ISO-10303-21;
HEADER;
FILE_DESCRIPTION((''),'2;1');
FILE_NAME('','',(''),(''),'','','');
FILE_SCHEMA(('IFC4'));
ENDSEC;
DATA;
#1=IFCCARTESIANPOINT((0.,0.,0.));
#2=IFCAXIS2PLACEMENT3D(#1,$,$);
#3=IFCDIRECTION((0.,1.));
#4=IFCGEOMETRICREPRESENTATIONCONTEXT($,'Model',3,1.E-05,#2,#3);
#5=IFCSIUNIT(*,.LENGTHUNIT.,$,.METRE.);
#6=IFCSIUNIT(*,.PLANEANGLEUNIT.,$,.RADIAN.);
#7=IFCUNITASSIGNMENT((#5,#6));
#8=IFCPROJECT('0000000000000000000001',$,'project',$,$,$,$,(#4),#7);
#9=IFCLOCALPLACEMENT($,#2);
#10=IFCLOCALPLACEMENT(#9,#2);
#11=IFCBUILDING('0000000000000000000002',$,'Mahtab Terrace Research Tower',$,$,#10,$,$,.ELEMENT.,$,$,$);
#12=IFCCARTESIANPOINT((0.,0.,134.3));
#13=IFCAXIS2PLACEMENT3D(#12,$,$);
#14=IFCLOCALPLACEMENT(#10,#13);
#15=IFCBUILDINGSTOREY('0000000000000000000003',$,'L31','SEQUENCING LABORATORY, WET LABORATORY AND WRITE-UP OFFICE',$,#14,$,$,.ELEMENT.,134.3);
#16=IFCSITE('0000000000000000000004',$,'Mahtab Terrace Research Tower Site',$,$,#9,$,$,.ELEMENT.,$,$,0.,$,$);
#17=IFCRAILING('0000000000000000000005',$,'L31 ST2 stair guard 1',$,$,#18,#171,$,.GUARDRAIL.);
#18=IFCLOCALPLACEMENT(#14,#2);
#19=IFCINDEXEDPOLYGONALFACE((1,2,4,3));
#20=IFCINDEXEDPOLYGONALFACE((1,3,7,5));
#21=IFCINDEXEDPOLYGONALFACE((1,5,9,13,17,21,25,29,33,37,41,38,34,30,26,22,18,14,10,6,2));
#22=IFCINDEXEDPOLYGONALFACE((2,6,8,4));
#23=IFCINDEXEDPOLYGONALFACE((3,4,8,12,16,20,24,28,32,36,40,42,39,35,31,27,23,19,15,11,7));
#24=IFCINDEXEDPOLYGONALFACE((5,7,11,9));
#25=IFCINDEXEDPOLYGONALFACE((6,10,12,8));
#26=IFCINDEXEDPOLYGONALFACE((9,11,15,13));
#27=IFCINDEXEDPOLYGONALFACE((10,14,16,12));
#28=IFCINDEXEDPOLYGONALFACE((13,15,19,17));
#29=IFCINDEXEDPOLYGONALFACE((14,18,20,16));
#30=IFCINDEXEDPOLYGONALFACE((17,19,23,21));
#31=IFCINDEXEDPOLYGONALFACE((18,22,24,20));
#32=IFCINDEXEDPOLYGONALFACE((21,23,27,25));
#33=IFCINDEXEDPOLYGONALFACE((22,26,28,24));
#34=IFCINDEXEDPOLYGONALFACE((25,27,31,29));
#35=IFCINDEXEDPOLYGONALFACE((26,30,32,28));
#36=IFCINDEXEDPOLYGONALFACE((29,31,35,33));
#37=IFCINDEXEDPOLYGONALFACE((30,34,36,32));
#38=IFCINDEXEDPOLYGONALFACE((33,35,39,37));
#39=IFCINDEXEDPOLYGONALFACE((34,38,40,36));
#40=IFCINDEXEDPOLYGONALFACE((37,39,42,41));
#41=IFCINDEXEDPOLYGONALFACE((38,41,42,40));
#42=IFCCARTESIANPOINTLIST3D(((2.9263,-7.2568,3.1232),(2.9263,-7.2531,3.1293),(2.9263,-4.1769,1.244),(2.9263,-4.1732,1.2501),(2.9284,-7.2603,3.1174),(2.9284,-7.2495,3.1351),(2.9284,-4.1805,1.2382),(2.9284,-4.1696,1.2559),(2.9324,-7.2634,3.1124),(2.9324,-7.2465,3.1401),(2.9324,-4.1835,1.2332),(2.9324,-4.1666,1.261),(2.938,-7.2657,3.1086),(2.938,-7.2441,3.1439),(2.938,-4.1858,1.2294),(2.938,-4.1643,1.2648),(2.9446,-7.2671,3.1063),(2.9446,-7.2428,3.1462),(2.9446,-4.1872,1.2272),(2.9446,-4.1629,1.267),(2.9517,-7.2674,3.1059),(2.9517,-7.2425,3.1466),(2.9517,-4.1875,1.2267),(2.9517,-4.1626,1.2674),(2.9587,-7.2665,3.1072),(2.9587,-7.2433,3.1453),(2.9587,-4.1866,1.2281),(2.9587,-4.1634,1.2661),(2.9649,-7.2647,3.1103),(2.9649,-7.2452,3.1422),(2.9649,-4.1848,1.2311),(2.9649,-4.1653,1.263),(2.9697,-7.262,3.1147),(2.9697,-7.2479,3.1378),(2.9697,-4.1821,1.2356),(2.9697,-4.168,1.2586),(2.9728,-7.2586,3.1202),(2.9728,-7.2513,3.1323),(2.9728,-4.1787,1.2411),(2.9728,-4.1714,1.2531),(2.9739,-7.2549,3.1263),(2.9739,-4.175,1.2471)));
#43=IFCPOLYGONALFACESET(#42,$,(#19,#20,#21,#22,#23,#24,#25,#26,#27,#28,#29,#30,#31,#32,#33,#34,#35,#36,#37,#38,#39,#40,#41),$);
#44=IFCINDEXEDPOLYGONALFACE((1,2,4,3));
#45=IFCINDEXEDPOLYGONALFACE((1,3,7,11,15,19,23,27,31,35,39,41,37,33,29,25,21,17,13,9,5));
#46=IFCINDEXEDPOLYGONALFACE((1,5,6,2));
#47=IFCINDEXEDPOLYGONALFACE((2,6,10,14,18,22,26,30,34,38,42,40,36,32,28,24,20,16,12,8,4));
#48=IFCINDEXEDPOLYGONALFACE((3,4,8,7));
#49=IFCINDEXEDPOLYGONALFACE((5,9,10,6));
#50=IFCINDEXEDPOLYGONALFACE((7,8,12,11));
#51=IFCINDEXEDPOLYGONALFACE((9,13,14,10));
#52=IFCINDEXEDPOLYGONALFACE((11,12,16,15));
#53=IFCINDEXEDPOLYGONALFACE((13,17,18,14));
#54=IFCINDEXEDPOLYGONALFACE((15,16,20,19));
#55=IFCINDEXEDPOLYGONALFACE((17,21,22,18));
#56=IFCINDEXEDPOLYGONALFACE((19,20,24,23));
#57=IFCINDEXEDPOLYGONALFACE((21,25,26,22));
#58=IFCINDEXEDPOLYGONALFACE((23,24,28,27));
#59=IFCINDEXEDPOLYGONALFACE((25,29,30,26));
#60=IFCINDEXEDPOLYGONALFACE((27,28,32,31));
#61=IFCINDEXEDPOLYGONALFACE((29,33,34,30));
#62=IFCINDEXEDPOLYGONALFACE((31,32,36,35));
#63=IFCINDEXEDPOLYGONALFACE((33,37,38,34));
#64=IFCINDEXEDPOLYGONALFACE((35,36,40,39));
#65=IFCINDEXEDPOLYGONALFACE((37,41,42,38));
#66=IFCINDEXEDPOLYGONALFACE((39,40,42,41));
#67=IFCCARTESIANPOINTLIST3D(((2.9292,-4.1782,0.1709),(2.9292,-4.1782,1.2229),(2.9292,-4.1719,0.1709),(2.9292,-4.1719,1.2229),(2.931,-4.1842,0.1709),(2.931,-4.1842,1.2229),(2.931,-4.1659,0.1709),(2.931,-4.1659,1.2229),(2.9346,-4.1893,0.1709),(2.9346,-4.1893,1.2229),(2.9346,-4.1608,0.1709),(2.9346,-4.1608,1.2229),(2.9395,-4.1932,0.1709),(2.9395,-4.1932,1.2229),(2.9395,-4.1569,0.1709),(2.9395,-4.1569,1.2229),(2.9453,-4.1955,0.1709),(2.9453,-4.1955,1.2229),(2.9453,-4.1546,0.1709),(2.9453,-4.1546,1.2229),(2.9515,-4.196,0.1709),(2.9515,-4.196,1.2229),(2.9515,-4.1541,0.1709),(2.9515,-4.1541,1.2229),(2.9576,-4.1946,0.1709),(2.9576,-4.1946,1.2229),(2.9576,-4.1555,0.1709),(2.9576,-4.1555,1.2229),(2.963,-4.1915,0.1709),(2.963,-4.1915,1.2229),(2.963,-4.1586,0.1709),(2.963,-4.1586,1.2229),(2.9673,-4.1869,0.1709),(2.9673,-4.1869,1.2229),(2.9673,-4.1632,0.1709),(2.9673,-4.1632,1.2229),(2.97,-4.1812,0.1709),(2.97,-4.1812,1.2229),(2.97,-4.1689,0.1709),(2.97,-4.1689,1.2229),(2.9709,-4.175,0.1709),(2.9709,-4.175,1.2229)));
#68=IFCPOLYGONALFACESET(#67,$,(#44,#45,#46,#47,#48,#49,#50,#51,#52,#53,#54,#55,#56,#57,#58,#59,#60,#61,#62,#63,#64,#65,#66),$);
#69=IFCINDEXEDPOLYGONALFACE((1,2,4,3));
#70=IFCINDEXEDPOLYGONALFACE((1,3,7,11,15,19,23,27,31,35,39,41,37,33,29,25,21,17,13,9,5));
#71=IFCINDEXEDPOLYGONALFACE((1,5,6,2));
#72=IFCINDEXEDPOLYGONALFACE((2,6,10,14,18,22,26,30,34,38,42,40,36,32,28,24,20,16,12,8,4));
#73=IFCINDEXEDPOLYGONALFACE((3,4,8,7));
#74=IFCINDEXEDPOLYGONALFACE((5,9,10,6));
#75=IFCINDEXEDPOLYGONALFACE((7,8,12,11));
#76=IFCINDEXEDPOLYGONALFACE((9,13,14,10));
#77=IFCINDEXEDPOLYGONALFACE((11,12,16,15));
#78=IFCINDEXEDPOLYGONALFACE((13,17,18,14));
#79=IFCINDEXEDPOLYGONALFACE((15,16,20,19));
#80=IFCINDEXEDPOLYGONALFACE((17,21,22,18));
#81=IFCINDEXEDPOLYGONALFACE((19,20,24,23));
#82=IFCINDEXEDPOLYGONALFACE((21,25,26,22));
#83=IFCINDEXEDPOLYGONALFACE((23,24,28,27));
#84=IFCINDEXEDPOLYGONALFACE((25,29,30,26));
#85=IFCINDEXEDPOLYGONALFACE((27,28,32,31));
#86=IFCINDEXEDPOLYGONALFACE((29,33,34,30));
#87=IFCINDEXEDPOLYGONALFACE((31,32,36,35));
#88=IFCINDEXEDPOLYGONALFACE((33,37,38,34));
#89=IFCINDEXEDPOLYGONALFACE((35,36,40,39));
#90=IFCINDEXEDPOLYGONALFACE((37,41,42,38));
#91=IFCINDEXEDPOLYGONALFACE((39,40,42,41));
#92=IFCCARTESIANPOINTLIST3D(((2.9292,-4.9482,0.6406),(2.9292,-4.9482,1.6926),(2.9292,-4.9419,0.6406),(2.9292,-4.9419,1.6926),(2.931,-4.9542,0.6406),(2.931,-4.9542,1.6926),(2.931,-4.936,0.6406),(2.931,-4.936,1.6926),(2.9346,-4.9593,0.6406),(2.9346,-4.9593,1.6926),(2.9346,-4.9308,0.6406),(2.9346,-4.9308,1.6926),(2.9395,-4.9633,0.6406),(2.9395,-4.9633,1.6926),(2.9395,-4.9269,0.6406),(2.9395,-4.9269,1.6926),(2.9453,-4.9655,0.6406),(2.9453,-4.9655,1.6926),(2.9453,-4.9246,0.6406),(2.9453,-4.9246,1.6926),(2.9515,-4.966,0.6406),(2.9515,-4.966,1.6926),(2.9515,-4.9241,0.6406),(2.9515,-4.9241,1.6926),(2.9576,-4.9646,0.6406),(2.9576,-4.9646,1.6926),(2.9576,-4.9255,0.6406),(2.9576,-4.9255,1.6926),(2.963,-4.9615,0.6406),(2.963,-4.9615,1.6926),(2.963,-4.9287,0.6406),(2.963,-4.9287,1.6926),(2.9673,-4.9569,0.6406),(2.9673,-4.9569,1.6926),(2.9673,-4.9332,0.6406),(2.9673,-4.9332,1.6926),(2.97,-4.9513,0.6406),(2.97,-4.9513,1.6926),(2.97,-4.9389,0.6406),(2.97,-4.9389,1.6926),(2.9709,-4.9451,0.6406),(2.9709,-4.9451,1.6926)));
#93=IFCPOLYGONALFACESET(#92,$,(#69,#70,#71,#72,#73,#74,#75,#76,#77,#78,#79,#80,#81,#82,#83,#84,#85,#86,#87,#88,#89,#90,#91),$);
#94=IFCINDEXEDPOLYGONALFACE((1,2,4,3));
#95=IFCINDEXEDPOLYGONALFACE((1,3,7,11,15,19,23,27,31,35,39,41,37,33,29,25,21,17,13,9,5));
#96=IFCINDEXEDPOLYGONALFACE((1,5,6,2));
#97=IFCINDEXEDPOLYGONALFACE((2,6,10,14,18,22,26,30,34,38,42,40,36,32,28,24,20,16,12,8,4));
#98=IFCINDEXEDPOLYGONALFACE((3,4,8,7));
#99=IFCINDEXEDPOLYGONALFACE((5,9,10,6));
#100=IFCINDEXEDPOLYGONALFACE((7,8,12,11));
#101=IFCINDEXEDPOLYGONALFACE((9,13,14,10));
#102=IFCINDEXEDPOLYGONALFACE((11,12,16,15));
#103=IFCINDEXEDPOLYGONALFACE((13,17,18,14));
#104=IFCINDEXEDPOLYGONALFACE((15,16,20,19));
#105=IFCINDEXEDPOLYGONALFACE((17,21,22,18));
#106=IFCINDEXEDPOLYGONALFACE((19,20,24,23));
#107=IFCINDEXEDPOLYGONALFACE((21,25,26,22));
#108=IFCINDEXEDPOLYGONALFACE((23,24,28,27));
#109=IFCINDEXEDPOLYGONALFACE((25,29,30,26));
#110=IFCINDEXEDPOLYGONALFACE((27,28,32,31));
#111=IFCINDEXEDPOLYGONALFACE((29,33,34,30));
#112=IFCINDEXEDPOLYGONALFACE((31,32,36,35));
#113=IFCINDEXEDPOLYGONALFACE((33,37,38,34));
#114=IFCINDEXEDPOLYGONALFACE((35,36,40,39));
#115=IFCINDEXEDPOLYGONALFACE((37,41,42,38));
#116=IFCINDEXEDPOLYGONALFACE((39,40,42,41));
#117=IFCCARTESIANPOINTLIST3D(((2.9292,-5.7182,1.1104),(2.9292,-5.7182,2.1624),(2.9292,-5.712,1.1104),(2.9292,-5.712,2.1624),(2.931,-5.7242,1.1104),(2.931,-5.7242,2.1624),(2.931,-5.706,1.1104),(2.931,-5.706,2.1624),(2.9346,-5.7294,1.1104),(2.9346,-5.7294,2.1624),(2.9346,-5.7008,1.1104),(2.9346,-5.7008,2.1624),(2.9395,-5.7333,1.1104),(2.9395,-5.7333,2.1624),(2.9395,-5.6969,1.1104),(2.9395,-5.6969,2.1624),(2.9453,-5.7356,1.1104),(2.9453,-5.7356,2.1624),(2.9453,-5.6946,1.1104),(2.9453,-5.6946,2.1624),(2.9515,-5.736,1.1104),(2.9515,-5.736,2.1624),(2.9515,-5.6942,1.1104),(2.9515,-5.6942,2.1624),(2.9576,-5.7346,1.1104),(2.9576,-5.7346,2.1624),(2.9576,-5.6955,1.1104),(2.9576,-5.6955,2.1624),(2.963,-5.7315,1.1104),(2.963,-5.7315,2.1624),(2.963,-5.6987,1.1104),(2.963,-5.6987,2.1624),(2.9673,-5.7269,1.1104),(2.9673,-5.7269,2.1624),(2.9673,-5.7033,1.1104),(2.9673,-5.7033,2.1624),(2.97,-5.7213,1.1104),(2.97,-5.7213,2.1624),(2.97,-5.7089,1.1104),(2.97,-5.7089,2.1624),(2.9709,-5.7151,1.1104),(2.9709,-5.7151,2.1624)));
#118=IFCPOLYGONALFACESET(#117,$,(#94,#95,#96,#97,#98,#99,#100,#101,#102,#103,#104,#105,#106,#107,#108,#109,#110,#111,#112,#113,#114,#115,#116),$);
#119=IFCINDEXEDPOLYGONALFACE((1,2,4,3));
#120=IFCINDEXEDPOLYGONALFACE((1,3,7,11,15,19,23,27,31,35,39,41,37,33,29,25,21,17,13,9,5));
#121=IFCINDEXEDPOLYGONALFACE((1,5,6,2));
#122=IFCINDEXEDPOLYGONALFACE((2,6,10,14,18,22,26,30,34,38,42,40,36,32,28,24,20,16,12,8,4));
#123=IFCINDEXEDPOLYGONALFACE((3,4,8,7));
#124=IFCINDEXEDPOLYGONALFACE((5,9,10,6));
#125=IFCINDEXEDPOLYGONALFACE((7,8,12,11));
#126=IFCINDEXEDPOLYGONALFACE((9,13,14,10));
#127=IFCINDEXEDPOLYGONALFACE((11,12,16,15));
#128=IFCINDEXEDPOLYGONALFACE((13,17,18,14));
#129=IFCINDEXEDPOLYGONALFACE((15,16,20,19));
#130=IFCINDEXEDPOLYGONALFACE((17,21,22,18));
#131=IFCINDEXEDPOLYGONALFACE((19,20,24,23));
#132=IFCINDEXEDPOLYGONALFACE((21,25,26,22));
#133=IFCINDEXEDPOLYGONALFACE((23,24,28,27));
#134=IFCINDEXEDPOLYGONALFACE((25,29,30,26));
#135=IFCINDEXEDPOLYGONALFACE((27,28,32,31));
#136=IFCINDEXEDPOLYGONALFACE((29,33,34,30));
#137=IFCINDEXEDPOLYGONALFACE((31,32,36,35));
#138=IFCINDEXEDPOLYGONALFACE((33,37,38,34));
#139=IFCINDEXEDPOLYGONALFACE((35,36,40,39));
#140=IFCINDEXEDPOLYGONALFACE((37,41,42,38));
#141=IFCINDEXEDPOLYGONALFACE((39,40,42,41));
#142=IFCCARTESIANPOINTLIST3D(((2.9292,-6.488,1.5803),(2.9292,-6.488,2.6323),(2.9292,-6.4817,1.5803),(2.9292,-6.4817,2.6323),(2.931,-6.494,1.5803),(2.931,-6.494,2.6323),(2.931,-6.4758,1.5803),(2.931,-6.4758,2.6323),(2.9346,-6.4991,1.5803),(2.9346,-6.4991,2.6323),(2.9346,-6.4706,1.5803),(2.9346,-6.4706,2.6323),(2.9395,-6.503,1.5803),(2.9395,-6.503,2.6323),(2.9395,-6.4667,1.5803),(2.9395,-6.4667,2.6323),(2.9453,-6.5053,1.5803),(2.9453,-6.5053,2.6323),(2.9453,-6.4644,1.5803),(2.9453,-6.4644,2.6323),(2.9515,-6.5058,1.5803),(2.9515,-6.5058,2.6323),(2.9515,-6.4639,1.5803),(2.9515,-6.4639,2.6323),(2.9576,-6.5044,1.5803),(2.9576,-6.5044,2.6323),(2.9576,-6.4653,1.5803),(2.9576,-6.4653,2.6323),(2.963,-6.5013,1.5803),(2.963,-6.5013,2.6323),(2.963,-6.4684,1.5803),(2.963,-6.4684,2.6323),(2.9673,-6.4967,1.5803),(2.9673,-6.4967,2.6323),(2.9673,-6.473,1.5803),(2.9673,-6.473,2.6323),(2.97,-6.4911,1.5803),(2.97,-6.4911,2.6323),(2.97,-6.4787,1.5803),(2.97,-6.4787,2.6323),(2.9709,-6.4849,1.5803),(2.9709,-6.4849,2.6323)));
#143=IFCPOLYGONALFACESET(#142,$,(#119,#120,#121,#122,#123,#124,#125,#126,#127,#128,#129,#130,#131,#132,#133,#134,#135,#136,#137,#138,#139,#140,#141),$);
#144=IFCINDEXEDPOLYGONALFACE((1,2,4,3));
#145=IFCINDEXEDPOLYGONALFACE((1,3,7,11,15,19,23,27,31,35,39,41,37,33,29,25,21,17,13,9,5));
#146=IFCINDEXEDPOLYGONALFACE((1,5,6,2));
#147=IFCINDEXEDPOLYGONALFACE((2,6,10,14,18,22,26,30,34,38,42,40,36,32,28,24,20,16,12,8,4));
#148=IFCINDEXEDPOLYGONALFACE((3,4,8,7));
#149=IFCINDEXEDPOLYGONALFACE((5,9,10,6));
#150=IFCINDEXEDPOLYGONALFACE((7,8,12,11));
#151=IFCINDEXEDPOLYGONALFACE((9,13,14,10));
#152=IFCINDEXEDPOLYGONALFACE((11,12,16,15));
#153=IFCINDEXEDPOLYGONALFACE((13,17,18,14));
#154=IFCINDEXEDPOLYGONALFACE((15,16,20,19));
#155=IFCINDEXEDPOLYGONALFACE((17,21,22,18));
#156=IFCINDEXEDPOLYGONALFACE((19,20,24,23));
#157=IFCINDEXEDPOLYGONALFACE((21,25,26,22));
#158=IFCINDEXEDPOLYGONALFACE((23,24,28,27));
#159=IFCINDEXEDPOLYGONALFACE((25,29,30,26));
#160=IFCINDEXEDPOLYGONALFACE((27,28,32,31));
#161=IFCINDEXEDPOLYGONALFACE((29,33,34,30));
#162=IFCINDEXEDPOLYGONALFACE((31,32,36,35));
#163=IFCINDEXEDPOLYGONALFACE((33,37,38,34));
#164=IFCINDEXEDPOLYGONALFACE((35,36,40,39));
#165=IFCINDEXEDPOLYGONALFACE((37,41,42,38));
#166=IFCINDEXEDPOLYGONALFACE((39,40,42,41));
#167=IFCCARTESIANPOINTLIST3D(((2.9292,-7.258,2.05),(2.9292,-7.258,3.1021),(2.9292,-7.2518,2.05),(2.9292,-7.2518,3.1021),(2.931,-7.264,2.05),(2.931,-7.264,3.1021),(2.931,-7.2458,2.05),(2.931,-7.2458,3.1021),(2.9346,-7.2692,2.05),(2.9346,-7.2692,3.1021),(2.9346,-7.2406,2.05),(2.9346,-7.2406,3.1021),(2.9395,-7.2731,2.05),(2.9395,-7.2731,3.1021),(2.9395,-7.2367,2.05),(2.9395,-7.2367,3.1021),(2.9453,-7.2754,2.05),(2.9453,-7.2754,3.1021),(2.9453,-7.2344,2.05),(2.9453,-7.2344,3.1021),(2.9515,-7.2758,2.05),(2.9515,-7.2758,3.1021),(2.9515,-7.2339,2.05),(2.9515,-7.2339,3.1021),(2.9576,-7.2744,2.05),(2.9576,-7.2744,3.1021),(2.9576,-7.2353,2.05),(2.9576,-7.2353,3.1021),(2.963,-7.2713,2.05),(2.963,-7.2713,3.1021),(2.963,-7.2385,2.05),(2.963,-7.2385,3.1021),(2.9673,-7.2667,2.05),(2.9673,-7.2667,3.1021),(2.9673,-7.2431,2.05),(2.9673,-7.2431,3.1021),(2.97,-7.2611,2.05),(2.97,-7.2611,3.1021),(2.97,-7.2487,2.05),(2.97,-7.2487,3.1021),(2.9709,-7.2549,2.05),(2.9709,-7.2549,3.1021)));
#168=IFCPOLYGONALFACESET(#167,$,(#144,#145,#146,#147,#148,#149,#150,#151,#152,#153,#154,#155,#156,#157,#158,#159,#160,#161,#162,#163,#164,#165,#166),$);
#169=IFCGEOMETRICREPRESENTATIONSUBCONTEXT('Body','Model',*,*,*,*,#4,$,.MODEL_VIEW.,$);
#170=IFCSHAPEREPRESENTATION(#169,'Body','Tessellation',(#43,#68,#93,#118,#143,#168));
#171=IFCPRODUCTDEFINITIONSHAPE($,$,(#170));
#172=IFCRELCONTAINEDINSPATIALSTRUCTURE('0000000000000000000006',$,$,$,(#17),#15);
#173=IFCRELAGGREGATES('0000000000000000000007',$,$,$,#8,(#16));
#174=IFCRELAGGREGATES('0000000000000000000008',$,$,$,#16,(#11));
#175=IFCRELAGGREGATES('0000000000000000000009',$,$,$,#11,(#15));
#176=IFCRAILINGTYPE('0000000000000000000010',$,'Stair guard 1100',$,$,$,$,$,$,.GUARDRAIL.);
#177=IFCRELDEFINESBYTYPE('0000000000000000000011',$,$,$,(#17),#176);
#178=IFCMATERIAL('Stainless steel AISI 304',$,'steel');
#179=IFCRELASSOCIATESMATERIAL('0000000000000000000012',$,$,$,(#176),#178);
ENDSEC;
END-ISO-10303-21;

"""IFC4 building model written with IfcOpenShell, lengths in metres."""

from ifc_helpers import new_model, si_unit, direction, frame, origin, origin_2d, place, context, subcontext, project, spatial, circle, extrude, material, type_object, element, save


model = new_model("IFC4")

# Units and contexts
model_context = context("Model", 3, precision=1e-05, world=origin(), true_north=direction((0.0, 1.0)))
body_context = subcontext(model_context, "Body", "Model", "MODEL_VIEW")
ifc_project = project(units=[si_unit("LENGTHUNIT", "METRE"), si_unit("PLANEANGLEUNIT", "RADIAN")], contexts=[model_context])

# Site, building, storey
site_placement = place(None, origin())
site = spatial("IfcSite", under=ifc_project, at=site_placement, Name="Mahtab Terrace Research Tower Site", CompositionType="ELEMENT", RefElevation=0.0)
building_placement = place(site_placement, origin())
building = spatial("IfcBuilding", under=site, at=building_placement, Name="Mahtab Terrace Research Tower", CompositionType="ELEMENT")
storey_placement = place(building_placement, frame((0.0, 0.0, 134.3)))
storey = spatial("IfcBuildingStorey", under=building, at=storey_placement, Name="L31", Description="SEQUENCING LABORATORY, WET LABORATORY AND WRITE-UP OFFICE", CompositionType="ELEMENT", Elevation=134.3)

# Railing
ifc_material_1 = material(Name="Stainless steel AISI 304", Category="steel")
railing_type_1 = type_object("IfcRailingType", Name="Stair guard 1100", PredefinedType="GUARDRAIL", material=ifc_material_1)
railing_1_placement = place(storey_placement, frame((2.95, -4.175, 0.1709)))
element("IfcRailing", 1, at=railing_1_placement, inside=storey, type_object=railing_type_1, Name="L31 ST2 stair guard 1", PredefinedType="GUARDRAIL", context=body_context, shape_type="SweptSolid", body=[
    extrude(circle(Radius=0.0239, at=origin_2d()), frame((0.0, 0.0, 1.0762), z_axis=(0.0, -0.853648, 0.52085), x_axis=(1.0, 0.0, 0.0)), (0.0, 0.0, 1.0), 3.6079),
    extrude(circle(Radius=0.021, at=origin_2d()), origin(), (0.0, 0.0, 1.0), 1.052),
    extrude(circle(Radius=0.021, at=origin_2d()), frame((0.0, -0.77, 0.4697)), (0.0, 0.0, 1.0), 1.052),
    extrude(circle(Radius=0.021, at=origin_2d()), frame((0.0, -1.54, 0.9395)), (0.0, 0.0, 1.0), 1.052),
    extrude(circle(Radius=0.021, at=origin_2d()), frame((0.0, -2.3098, 1.4094)), (0.0, 0.0, 1.0), 1.052),
    extrude(circle(Radius=0.021, at=origin_2d()), frame((0.0, -3.0798, 1.8792)), (0.0, 0.0, 1.0), 1.052),
])

save(model, "model.ifc")
